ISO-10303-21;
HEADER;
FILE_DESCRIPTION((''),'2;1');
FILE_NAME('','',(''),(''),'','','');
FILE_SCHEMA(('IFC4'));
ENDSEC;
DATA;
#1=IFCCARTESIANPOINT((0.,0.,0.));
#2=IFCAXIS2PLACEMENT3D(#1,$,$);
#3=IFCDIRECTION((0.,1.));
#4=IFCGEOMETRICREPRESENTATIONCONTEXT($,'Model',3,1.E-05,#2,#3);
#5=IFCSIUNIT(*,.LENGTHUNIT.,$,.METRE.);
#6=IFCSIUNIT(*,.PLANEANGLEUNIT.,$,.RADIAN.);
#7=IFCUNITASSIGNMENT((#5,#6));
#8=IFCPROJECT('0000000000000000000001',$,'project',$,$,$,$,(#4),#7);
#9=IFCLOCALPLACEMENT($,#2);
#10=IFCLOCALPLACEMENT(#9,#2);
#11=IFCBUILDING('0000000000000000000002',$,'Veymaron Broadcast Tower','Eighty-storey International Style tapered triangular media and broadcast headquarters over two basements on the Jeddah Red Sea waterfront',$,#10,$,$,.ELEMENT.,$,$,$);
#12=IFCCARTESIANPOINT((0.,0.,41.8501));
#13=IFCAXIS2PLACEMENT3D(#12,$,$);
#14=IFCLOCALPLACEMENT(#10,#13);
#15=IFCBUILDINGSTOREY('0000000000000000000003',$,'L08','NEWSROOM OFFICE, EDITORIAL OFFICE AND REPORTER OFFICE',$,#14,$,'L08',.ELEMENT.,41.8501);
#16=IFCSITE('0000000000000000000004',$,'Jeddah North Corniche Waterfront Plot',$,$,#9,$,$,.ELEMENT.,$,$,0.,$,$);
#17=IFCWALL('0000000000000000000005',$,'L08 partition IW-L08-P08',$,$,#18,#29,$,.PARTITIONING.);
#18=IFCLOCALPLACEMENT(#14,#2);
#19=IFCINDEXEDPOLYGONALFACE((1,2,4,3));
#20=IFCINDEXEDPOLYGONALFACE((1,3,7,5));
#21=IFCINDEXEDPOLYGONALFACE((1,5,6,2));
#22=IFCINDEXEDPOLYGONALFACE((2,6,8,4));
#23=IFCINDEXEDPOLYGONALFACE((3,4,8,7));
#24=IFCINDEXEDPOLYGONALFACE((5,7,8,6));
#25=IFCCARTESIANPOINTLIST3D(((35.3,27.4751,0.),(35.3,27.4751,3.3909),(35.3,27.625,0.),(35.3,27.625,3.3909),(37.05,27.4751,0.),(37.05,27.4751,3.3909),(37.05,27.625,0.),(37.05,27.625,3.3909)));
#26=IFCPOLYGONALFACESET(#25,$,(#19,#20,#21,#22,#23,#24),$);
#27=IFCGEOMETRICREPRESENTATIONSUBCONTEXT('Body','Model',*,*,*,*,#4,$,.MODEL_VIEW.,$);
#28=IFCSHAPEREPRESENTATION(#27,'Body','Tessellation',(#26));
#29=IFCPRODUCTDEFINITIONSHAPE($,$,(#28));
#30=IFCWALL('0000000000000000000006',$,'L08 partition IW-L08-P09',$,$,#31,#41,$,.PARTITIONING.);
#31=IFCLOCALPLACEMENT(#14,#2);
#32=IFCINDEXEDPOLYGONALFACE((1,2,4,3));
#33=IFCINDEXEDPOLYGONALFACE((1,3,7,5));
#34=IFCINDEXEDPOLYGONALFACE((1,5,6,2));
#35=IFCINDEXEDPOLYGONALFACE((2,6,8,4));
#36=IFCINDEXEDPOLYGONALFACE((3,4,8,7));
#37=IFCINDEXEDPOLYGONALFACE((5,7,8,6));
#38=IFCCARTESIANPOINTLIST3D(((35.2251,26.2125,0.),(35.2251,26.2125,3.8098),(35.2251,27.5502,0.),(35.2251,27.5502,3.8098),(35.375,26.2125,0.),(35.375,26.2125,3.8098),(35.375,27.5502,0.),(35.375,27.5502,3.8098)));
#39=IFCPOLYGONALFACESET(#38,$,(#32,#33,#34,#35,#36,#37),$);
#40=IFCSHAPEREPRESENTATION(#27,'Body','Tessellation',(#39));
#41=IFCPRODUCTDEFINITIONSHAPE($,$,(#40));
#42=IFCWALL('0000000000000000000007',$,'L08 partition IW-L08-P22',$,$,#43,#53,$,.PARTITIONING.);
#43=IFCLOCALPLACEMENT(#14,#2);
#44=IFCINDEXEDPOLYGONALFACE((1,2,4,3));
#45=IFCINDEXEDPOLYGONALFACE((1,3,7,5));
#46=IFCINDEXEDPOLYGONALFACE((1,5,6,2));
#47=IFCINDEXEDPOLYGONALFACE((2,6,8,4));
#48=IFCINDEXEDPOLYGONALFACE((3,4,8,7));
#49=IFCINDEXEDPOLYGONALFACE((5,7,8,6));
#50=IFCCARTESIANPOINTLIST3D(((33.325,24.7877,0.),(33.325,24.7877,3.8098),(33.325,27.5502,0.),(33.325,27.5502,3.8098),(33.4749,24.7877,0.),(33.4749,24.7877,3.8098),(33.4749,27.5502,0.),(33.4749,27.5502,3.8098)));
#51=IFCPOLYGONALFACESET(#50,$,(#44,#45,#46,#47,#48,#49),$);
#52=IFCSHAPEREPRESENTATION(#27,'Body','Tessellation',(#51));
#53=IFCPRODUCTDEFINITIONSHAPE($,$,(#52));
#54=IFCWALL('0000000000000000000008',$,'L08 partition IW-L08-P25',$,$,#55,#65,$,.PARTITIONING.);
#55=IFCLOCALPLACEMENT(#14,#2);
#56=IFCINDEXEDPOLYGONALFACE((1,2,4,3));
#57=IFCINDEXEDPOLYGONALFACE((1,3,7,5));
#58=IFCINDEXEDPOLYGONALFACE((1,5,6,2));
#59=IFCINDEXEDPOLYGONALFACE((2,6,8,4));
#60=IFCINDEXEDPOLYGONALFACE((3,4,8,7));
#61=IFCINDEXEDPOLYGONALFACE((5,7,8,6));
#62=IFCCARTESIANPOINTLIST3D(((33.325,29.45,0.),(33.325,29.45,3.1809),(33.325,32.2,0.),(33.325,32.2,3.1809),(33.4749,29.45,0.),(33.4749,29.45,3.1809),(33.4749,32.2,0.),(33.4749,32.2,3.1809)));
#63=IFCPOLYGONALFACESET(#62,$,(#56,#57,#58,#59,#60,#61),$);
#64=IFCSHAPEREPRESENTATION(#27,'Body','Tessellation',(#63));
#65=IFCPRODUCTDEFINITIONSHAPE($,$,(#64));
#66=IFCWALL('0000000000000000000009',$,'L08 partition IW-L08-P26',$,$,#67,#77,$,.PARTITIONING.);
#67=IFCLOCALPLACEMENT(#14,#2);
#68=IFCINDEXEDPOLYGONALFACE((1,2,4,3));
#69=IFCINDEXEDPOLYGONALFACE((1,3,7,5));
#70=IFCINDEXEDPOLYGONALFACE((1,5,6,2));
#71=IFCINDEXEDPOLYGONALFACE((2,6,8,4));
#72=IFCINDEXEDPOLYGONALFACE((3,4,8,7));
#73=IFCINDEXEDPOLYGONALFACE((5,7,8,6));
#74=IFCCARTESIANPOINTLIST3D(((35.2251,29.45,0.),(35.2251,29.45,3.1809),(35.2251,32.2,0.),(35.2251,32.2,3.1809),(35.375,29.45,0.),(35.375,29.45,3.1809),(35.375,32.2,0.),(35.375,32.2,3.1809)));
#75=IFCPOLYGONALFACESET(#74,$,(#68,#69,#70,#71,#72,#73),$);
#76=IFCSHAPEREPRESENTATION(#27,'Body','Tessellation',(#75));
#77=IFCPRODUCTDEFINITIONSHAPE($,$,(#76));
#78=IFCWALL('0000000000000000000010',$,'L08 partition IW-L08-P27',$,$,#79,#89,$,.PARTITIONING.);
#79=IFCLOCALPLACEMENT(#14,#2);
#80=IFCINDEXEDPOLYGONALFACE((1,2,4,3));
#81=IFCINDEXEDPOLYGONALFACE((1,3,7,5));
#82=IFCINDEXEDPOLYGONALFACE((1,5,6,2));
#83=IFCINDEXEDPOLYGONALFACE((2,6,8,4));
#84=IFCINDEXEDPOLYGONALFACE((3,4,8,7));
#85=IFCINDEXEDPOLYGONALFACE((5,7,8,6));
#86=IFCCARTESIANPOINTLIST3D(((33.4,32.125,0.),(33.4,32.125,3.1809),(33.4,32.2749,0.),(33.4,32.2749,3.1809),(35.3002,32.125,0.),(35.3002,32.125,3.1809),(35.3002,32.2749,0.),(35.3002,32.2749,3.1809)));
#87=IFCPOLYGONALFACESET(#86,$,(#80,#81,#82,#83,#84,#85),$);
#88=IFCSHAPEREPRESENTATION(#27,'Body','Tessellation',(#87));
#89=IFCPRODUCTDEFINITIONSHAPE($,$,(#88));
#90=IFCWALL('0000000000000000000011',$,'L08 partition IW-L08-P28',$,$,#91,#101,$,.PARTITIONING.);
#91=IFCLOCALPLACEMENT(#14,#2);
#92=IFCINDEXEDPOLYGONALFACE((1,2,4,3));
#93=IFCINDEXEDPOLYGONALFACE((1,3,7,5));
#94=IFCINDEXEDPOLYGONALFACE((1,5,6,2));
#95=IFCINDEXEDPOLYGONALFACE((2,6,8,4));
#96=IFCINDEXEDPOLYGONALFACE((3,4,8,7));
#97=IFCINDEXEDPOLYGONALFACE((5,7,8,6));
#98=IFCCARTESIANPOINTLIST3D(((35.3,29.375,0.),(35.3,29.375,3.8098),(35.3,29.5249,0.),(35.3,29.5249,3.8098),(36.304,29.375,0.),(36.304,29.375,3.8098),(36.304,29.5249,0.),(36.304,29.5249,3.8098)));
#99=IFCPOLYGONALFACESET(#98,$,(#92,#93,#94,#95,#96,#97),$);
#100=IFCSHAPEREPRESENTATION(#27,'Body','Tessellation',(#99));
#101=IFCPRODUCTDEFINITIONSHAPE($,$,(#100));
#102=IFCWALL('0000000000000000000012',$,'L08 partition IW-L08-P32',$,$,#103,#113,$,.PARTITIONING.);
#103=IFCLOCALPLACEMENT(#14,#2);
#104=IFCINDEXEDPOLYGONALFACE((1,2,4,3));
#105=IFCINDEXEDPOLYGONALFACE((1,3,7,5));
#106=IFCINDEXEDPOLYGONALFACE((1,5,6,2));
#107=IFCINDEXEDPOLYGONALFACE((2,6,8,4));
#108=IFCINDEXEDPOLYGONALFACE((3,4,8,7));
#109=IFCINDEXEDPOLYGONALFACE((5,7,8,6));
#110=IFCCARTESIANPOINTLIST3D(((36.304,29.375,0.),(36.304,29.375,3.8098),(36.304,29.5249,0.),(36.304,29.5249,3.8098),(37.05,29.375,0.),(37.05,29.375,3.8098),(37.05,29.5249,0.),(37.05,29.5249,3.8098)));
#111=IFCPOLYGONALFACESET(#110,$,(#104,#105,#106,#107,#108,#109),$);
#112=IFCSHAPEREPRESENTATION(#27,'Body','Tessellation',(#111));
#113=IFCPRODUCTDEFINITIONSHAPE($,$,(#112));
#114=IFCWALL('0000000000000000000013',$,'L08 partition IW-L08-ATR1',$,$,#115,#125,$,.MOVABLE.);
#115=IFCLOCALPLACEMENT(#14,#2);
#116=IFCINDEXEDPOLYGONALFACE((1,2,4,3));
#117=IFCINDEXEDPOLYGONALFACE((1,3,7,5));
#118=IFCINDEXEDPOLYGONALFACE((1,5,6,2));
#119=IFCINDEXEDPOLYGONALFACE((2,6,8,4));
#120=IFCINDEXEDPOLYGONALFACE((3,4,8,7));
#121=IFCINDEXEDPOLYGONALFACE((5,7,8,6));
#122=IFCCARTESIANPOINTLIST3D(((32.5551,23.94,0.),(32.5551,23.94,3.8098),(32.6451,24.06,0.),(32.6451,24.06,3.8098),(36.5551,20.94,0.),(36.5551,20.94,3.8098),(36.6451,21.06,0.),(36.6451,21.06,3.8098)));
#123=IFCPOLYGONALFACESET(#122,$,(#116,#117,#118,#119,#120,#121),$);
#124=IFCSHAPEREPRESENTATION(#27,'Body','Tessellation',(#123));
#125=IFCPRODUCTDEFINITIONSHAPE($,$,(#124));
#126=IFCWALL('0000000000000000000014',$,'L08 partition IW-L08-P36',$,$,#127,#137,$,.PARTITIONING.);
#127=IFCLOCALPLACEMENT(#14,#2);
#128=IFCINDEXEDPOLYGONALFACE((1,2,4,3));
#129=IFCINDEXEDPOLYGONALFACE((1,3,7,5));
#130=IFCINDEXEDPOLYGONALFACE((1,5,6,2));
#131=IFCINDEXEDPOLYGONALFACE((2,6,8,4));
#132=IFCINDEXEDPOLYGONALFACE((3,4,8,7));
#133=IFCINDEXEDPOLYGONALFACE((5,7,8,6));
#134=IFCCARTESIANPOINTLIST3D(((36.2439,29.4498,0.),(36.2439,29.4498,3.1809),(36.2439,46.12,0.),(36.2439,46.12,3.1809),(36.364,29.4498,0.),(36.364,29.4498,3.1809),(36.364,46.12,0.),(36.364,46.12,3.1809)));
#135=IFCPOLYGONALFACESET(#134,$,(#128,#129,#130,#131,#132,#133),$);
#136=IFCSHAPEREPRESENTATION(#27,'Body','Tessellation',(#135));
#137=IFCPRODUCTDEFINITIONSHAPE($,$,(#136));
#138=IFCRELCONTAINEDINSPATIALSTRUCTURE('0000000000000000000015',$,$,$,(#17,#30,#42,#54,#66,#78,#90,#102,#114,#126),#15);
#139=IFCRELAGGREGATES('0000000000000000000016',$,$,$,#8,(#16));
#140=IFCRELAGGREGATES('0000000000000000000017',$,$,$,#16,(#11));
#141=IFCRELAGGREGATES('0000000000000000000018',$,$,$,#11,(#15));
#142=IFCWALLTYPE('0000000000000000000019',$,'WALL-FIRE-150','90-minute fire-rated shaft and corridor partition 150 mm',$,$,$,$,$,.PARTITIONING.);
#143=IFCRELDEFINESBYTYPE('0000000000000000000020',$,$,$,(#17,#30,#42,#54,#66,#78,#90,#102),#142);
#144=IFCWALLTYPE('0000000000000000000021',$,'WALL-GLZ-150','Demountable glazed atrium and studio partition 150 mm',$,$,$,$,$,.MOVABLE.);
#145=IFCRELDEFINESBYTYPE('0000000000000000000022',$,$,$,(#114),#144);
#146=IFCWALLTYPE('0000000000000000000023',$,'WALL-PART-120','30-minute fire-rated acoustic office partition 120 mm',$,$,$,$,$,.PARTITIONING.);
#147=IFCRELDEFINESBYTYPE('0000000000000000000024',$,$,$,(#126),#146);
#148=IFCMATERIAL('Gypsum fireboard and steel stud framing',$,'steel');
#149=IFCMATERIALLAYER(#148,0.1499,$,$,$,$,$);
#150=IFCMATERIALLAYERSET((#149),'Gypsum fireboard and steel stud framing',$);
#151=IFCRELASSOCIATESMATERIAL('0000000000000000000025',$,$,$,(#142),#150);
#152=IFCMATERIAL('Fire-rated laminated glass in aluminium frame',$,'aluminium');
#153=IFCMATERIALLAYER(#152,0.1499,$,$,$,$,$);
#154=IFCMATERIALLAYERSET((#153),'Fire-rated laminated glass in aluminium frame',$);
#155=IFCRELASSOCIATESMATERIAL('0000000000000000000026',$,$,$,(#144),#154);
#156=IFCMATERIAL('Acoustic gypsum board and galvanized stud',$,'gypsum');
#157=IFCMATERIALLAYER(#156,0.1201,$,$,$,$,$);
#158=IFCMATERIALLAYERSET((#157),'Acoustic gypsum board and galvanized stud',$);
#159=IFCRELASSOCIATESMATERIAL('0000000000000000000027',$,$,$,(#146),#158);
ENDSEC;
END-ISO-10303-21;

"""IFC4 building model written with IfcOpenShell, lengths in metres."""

from ifc_helpers import new_model, si_unit, direction, frame, frame_2d, origin, place, context, subcontext, project, spatial, rectangle, extrude, material, layer, layer_set, type_object, element, save


model = new_model("IFC4")

# Units and contexts
model_context = context("Model", 3, precision=1e-05, world=origin(), true_north=direction((0.0, 1.0)))
body_context = subcontext(model_context, "Body", "Model", "MODEL_VIEW")
ifc_project = project(units=[si_unit("LENGTHUNIT", "METRE"), si_unit("PLANEANGLEUNIT", "RADIAN")], contexts=[model_context])

# Site, building, storey
site_placement = place(None, origin())
site = spatial("IfcSite", under=ifc_project, at=site_placement, Name="Jeddah North Corniche Waterfront Plot", CompositionType="ELEMENT", RefElevation=0.0)
building_placement = place(site_placement, origin())
building = spatial("IfcBuilding", under=site, at=building_placement, Name="Veymaron Broadcast Tower", Description="Eighty-storey International Style tapered triangular media and broadcast headquarters over two basements on the Jeddah Red Sea waterfront", CompositionType="ELEMENT")
storey_placement = place(building_placement, frame((0.0, 0.0, 41.8501)))
storey = spatial("IfcBuildingStorey", under=building, at=storey_placement, Name="L08", Description="NEWSROOM OFFICE, EDITORIAL OFFICE AND REPORTER OFFICE", LongName="L08", CompositionType="ELEMENT", Elevation=41.8501)

# Walls
ifc_material_1 = material(Name="Gypsum fireboard and steel stud framing", Category="steel")
ifc_layer_1 = layer(ifc_material_1, 0.1499)
ifc_layer_set_1 = layer_set([ifc_layer_1], Name="Gypsum fireboard and steel stud framing")
wall_type_1 = type_object("IfcWallType", Name="WALL-FIRE-150", Description="90-minute fire-rated shaft and corridor partition 150 mm", PredefinedType="PARTITIONING", material=ifc_layer_set_1)
wall_1_placement = place(storey_placement, frame((35.3, 27.55, 0.0), z_axis=(0.0, 0.0, 1.0), x_axis=(1.0, 0.0, 0.0)))
element("IfcWall", 1, at=wall_1_placement, inside=storey, type_object=wall_type_1, Name="L08 partition IW-L08-P08", PredefinedType="PARTITIONING", context=body_context, shape_type="SweptSolid", body=[
    extrude(rectangle(XDim=1.75, YDim=0.1499, at=frame_2d((0.875, 0.0))), origin(), (0.0, 0.0, 1.0), 3.3909),
])
wall_2_placement = place(storey_placement, frame((35.3, 26.2124, 0.0), z_axis=(0.0, 0.0, 1.0), x_axis=(0.0, 1.0, 0.0)))
element("IfcWall", 2, at=wall_2_placement, inside=storey, type_object=wall_type_1, Name="L08 partition IW-L08-P09", PredefinedType="PARTITIONING", context=body_context, shape_type="SweptSolid", body=[
    extrude(rectangle(XDim=1.3376, YDim=0.1499, at=frame_2d((0.6689, 0.0))), origin(), (0.0, 0.0, 1.0), 3.8098),
])
wall_3_placement = place(storey_placement, frame((33.3999, 24.7876, 0.0), z_axis=(0.0, 0.0, 1.0), x_axis=(0.0, 1.0, 0.0)))
element("IfcWall", 3, at=wall_3_placement, inside=storey, type_object=wall_type_1, Name="L08 partition IW-L08-P22", PredefinedType="PARTITIONING", context=body_context, shape_type="SweptSolid", body=[
    extrude(rectangle(XDim=2.7625, YDim=0.1499, at=frame_2d((1.3813, 0.0))), origin(), (0.0, 0.0, 1.0), 3.8098),
])
for number, where, z_axis, x_axis, name in (
    (4, (33.3999, 29.45, 0.0), (0.0, 0.0, 1.0), (0.0, 1.0, 0.0), "L08 partition IW-L08-P25"),
    (5, (35.3, 29.45, 0.0), (0.0, 0.0, 1.0), (0.0, 1.0, 0.0), "L08 partition IW-L08-P26"),
):
    element("IfcWall", number, at=place(storey_placement, frame(where, z_axis=z_axis, x_axis=x_axis)), inside=storey, type_object=wall_type_1, Name=name, PredefinedType="PARTITIONING", context=body_context, shape_type="SweptSolid", body=[
        extrude(rectangle(XDim=2.75, YDim=0.1499, at=frame_2d((1.375, 0.0))), origin(), (0.0, 0.0, 1.0), 3.1809),
    ])
wall_4_placement = place(storey_placement, frame((33.3999, 32.2, 0.0), z_axis=(0.0, 0.0, 1.0), x_axis=(1.0, 0.0, 0.0)))
element("IfcWall", 6, at=wall_4_placement, inside=storey, type_object=wall_type_1, Name="L08 partition IW-L08-P27", PredefinedType="PARTITIONING", context=body_context, shape_type="SweptSolid", body=[
    extrude(rectangle(XDim=1.9001, YDim=0.1499, at=frame_2d((0.9502, 0.0))), origin(), (0.0, 0.0, 1.0), 3.1809),
])
wall_5_placement = place(storey_placement, frame((35.3, 29.45, 0.0), z_axis=(0.0, 0.0, 1.0), x_axis=(1.0, 0.0, 0.0)))
element("IfcWall", 7, at=wall_5_placement, inside=storey, type_object=wall_type_1, Name="L08 partition IW-L08-P28", PredefinedType="PARTITIONING", context=body_context, shape_type="SweptSolid", body=[
    extrude(rectangle(XDim=1.0039, YDim=0.1499, at=frame_2d((0.502, 0.0))), origin(), (0.0, 0.0, 1.0), 3.8098),
])
wall_6_placement = place(storey_placement, frame((36.304, 29.45, 0.0), z_axis=(0.0, 0.0, 1.0), x_axis=(1.0, 0.0, 0.0)))
element("IfcWall", 8, at=wall_6_placement, inside=storey, type_object=wall_type_1, Name="L08 partition IW-L08-P32", PredefinedType="PARTITIONING", context=body_context, shape_type="SweptSolid", body=[
    extrude(rectangle(XDim=0.7461, YDim=0.1499, at=frame_2d((0.373, 0.0))), origin(), (0.0, 0.0, 1.0), 3.8098),
])
ifc_material_2 = material(Name="Fire-rated laminated glass in aluminium frame", Category="aluminium")
ifc_layer_2 = layer(ifc_material_2, 0.1499)
ifc_layer_set_2 = layer_set([ifc_layer_2], Name="Fire-rated laminated glass in aluminium frame")
wall_type_2 = type_object("IfcWallType", Name="WALL-GLZ-150", Description="Demountable glazed atrium and studio partition 150 mm", PredefinedType="MOVABLE", material=ifc_layer_set_2)
wall_7_placement = place(storey_placement, frame((32.6001, 24.0, 0.0), z_axis=(0.0, 0.0, 1.0), x_axis=(0.8, -0.6, 0.0)))
element("IfcWall", 9, at=wall_7_placement, inside=storey, type_object=wall_type_2, Name="L08 partition IW-L08-ATR1", PredefinedType="MOVABLE", context=body_context, shape_type="SweptSolid", body=[
    extrude(rectangle(XDim=5.0, YDim=0.1499, at=frame_2d((2.5, 0.0))), origin(), (0.0, 0.0, 1.0), 3.8098),
])
ifc_material_3 = material(Name="Acoustic gypsum board and galvanized stud", Category="gypsum")
ifc_layer_3 = layer(ifc_material_3, 0.1201)
ifc_layer_set_3 = layer_set([ifc_layer_3], Name="Acoustic gypsum board and galvanized stud")
wall_type_3 = type_object("IfcWallType", Name="WALL-PART-120", Description="30-minute fire-rated acoustic office partition 120 mm", PredefinedType="PARTITIONING", material=ifc_layer_set_3)
wall_8_placement = place(storey_placement, frame((36.304, 29.45, 0.0), z_axis=(0.0, 0.0, 1.0), x_axis=(0.0, 1.0, 0.0)))
element("IfcWall", 10, at=wall_8_placement, inside=storey, type_object=wall_type_3, Name="L08 partition IW-L08-P36", PredefinedType="PARTITIONING", context=body_context, shape_type="SweptSolid", body=[
    extrude(rectangle(XDim=16.6702, YDim=0.1201, at=frame_2d((8.335, 0.0))), origin(), (0.0, 0.0, 1.0), 3.1809),
])

save(model, "model.ifc")
